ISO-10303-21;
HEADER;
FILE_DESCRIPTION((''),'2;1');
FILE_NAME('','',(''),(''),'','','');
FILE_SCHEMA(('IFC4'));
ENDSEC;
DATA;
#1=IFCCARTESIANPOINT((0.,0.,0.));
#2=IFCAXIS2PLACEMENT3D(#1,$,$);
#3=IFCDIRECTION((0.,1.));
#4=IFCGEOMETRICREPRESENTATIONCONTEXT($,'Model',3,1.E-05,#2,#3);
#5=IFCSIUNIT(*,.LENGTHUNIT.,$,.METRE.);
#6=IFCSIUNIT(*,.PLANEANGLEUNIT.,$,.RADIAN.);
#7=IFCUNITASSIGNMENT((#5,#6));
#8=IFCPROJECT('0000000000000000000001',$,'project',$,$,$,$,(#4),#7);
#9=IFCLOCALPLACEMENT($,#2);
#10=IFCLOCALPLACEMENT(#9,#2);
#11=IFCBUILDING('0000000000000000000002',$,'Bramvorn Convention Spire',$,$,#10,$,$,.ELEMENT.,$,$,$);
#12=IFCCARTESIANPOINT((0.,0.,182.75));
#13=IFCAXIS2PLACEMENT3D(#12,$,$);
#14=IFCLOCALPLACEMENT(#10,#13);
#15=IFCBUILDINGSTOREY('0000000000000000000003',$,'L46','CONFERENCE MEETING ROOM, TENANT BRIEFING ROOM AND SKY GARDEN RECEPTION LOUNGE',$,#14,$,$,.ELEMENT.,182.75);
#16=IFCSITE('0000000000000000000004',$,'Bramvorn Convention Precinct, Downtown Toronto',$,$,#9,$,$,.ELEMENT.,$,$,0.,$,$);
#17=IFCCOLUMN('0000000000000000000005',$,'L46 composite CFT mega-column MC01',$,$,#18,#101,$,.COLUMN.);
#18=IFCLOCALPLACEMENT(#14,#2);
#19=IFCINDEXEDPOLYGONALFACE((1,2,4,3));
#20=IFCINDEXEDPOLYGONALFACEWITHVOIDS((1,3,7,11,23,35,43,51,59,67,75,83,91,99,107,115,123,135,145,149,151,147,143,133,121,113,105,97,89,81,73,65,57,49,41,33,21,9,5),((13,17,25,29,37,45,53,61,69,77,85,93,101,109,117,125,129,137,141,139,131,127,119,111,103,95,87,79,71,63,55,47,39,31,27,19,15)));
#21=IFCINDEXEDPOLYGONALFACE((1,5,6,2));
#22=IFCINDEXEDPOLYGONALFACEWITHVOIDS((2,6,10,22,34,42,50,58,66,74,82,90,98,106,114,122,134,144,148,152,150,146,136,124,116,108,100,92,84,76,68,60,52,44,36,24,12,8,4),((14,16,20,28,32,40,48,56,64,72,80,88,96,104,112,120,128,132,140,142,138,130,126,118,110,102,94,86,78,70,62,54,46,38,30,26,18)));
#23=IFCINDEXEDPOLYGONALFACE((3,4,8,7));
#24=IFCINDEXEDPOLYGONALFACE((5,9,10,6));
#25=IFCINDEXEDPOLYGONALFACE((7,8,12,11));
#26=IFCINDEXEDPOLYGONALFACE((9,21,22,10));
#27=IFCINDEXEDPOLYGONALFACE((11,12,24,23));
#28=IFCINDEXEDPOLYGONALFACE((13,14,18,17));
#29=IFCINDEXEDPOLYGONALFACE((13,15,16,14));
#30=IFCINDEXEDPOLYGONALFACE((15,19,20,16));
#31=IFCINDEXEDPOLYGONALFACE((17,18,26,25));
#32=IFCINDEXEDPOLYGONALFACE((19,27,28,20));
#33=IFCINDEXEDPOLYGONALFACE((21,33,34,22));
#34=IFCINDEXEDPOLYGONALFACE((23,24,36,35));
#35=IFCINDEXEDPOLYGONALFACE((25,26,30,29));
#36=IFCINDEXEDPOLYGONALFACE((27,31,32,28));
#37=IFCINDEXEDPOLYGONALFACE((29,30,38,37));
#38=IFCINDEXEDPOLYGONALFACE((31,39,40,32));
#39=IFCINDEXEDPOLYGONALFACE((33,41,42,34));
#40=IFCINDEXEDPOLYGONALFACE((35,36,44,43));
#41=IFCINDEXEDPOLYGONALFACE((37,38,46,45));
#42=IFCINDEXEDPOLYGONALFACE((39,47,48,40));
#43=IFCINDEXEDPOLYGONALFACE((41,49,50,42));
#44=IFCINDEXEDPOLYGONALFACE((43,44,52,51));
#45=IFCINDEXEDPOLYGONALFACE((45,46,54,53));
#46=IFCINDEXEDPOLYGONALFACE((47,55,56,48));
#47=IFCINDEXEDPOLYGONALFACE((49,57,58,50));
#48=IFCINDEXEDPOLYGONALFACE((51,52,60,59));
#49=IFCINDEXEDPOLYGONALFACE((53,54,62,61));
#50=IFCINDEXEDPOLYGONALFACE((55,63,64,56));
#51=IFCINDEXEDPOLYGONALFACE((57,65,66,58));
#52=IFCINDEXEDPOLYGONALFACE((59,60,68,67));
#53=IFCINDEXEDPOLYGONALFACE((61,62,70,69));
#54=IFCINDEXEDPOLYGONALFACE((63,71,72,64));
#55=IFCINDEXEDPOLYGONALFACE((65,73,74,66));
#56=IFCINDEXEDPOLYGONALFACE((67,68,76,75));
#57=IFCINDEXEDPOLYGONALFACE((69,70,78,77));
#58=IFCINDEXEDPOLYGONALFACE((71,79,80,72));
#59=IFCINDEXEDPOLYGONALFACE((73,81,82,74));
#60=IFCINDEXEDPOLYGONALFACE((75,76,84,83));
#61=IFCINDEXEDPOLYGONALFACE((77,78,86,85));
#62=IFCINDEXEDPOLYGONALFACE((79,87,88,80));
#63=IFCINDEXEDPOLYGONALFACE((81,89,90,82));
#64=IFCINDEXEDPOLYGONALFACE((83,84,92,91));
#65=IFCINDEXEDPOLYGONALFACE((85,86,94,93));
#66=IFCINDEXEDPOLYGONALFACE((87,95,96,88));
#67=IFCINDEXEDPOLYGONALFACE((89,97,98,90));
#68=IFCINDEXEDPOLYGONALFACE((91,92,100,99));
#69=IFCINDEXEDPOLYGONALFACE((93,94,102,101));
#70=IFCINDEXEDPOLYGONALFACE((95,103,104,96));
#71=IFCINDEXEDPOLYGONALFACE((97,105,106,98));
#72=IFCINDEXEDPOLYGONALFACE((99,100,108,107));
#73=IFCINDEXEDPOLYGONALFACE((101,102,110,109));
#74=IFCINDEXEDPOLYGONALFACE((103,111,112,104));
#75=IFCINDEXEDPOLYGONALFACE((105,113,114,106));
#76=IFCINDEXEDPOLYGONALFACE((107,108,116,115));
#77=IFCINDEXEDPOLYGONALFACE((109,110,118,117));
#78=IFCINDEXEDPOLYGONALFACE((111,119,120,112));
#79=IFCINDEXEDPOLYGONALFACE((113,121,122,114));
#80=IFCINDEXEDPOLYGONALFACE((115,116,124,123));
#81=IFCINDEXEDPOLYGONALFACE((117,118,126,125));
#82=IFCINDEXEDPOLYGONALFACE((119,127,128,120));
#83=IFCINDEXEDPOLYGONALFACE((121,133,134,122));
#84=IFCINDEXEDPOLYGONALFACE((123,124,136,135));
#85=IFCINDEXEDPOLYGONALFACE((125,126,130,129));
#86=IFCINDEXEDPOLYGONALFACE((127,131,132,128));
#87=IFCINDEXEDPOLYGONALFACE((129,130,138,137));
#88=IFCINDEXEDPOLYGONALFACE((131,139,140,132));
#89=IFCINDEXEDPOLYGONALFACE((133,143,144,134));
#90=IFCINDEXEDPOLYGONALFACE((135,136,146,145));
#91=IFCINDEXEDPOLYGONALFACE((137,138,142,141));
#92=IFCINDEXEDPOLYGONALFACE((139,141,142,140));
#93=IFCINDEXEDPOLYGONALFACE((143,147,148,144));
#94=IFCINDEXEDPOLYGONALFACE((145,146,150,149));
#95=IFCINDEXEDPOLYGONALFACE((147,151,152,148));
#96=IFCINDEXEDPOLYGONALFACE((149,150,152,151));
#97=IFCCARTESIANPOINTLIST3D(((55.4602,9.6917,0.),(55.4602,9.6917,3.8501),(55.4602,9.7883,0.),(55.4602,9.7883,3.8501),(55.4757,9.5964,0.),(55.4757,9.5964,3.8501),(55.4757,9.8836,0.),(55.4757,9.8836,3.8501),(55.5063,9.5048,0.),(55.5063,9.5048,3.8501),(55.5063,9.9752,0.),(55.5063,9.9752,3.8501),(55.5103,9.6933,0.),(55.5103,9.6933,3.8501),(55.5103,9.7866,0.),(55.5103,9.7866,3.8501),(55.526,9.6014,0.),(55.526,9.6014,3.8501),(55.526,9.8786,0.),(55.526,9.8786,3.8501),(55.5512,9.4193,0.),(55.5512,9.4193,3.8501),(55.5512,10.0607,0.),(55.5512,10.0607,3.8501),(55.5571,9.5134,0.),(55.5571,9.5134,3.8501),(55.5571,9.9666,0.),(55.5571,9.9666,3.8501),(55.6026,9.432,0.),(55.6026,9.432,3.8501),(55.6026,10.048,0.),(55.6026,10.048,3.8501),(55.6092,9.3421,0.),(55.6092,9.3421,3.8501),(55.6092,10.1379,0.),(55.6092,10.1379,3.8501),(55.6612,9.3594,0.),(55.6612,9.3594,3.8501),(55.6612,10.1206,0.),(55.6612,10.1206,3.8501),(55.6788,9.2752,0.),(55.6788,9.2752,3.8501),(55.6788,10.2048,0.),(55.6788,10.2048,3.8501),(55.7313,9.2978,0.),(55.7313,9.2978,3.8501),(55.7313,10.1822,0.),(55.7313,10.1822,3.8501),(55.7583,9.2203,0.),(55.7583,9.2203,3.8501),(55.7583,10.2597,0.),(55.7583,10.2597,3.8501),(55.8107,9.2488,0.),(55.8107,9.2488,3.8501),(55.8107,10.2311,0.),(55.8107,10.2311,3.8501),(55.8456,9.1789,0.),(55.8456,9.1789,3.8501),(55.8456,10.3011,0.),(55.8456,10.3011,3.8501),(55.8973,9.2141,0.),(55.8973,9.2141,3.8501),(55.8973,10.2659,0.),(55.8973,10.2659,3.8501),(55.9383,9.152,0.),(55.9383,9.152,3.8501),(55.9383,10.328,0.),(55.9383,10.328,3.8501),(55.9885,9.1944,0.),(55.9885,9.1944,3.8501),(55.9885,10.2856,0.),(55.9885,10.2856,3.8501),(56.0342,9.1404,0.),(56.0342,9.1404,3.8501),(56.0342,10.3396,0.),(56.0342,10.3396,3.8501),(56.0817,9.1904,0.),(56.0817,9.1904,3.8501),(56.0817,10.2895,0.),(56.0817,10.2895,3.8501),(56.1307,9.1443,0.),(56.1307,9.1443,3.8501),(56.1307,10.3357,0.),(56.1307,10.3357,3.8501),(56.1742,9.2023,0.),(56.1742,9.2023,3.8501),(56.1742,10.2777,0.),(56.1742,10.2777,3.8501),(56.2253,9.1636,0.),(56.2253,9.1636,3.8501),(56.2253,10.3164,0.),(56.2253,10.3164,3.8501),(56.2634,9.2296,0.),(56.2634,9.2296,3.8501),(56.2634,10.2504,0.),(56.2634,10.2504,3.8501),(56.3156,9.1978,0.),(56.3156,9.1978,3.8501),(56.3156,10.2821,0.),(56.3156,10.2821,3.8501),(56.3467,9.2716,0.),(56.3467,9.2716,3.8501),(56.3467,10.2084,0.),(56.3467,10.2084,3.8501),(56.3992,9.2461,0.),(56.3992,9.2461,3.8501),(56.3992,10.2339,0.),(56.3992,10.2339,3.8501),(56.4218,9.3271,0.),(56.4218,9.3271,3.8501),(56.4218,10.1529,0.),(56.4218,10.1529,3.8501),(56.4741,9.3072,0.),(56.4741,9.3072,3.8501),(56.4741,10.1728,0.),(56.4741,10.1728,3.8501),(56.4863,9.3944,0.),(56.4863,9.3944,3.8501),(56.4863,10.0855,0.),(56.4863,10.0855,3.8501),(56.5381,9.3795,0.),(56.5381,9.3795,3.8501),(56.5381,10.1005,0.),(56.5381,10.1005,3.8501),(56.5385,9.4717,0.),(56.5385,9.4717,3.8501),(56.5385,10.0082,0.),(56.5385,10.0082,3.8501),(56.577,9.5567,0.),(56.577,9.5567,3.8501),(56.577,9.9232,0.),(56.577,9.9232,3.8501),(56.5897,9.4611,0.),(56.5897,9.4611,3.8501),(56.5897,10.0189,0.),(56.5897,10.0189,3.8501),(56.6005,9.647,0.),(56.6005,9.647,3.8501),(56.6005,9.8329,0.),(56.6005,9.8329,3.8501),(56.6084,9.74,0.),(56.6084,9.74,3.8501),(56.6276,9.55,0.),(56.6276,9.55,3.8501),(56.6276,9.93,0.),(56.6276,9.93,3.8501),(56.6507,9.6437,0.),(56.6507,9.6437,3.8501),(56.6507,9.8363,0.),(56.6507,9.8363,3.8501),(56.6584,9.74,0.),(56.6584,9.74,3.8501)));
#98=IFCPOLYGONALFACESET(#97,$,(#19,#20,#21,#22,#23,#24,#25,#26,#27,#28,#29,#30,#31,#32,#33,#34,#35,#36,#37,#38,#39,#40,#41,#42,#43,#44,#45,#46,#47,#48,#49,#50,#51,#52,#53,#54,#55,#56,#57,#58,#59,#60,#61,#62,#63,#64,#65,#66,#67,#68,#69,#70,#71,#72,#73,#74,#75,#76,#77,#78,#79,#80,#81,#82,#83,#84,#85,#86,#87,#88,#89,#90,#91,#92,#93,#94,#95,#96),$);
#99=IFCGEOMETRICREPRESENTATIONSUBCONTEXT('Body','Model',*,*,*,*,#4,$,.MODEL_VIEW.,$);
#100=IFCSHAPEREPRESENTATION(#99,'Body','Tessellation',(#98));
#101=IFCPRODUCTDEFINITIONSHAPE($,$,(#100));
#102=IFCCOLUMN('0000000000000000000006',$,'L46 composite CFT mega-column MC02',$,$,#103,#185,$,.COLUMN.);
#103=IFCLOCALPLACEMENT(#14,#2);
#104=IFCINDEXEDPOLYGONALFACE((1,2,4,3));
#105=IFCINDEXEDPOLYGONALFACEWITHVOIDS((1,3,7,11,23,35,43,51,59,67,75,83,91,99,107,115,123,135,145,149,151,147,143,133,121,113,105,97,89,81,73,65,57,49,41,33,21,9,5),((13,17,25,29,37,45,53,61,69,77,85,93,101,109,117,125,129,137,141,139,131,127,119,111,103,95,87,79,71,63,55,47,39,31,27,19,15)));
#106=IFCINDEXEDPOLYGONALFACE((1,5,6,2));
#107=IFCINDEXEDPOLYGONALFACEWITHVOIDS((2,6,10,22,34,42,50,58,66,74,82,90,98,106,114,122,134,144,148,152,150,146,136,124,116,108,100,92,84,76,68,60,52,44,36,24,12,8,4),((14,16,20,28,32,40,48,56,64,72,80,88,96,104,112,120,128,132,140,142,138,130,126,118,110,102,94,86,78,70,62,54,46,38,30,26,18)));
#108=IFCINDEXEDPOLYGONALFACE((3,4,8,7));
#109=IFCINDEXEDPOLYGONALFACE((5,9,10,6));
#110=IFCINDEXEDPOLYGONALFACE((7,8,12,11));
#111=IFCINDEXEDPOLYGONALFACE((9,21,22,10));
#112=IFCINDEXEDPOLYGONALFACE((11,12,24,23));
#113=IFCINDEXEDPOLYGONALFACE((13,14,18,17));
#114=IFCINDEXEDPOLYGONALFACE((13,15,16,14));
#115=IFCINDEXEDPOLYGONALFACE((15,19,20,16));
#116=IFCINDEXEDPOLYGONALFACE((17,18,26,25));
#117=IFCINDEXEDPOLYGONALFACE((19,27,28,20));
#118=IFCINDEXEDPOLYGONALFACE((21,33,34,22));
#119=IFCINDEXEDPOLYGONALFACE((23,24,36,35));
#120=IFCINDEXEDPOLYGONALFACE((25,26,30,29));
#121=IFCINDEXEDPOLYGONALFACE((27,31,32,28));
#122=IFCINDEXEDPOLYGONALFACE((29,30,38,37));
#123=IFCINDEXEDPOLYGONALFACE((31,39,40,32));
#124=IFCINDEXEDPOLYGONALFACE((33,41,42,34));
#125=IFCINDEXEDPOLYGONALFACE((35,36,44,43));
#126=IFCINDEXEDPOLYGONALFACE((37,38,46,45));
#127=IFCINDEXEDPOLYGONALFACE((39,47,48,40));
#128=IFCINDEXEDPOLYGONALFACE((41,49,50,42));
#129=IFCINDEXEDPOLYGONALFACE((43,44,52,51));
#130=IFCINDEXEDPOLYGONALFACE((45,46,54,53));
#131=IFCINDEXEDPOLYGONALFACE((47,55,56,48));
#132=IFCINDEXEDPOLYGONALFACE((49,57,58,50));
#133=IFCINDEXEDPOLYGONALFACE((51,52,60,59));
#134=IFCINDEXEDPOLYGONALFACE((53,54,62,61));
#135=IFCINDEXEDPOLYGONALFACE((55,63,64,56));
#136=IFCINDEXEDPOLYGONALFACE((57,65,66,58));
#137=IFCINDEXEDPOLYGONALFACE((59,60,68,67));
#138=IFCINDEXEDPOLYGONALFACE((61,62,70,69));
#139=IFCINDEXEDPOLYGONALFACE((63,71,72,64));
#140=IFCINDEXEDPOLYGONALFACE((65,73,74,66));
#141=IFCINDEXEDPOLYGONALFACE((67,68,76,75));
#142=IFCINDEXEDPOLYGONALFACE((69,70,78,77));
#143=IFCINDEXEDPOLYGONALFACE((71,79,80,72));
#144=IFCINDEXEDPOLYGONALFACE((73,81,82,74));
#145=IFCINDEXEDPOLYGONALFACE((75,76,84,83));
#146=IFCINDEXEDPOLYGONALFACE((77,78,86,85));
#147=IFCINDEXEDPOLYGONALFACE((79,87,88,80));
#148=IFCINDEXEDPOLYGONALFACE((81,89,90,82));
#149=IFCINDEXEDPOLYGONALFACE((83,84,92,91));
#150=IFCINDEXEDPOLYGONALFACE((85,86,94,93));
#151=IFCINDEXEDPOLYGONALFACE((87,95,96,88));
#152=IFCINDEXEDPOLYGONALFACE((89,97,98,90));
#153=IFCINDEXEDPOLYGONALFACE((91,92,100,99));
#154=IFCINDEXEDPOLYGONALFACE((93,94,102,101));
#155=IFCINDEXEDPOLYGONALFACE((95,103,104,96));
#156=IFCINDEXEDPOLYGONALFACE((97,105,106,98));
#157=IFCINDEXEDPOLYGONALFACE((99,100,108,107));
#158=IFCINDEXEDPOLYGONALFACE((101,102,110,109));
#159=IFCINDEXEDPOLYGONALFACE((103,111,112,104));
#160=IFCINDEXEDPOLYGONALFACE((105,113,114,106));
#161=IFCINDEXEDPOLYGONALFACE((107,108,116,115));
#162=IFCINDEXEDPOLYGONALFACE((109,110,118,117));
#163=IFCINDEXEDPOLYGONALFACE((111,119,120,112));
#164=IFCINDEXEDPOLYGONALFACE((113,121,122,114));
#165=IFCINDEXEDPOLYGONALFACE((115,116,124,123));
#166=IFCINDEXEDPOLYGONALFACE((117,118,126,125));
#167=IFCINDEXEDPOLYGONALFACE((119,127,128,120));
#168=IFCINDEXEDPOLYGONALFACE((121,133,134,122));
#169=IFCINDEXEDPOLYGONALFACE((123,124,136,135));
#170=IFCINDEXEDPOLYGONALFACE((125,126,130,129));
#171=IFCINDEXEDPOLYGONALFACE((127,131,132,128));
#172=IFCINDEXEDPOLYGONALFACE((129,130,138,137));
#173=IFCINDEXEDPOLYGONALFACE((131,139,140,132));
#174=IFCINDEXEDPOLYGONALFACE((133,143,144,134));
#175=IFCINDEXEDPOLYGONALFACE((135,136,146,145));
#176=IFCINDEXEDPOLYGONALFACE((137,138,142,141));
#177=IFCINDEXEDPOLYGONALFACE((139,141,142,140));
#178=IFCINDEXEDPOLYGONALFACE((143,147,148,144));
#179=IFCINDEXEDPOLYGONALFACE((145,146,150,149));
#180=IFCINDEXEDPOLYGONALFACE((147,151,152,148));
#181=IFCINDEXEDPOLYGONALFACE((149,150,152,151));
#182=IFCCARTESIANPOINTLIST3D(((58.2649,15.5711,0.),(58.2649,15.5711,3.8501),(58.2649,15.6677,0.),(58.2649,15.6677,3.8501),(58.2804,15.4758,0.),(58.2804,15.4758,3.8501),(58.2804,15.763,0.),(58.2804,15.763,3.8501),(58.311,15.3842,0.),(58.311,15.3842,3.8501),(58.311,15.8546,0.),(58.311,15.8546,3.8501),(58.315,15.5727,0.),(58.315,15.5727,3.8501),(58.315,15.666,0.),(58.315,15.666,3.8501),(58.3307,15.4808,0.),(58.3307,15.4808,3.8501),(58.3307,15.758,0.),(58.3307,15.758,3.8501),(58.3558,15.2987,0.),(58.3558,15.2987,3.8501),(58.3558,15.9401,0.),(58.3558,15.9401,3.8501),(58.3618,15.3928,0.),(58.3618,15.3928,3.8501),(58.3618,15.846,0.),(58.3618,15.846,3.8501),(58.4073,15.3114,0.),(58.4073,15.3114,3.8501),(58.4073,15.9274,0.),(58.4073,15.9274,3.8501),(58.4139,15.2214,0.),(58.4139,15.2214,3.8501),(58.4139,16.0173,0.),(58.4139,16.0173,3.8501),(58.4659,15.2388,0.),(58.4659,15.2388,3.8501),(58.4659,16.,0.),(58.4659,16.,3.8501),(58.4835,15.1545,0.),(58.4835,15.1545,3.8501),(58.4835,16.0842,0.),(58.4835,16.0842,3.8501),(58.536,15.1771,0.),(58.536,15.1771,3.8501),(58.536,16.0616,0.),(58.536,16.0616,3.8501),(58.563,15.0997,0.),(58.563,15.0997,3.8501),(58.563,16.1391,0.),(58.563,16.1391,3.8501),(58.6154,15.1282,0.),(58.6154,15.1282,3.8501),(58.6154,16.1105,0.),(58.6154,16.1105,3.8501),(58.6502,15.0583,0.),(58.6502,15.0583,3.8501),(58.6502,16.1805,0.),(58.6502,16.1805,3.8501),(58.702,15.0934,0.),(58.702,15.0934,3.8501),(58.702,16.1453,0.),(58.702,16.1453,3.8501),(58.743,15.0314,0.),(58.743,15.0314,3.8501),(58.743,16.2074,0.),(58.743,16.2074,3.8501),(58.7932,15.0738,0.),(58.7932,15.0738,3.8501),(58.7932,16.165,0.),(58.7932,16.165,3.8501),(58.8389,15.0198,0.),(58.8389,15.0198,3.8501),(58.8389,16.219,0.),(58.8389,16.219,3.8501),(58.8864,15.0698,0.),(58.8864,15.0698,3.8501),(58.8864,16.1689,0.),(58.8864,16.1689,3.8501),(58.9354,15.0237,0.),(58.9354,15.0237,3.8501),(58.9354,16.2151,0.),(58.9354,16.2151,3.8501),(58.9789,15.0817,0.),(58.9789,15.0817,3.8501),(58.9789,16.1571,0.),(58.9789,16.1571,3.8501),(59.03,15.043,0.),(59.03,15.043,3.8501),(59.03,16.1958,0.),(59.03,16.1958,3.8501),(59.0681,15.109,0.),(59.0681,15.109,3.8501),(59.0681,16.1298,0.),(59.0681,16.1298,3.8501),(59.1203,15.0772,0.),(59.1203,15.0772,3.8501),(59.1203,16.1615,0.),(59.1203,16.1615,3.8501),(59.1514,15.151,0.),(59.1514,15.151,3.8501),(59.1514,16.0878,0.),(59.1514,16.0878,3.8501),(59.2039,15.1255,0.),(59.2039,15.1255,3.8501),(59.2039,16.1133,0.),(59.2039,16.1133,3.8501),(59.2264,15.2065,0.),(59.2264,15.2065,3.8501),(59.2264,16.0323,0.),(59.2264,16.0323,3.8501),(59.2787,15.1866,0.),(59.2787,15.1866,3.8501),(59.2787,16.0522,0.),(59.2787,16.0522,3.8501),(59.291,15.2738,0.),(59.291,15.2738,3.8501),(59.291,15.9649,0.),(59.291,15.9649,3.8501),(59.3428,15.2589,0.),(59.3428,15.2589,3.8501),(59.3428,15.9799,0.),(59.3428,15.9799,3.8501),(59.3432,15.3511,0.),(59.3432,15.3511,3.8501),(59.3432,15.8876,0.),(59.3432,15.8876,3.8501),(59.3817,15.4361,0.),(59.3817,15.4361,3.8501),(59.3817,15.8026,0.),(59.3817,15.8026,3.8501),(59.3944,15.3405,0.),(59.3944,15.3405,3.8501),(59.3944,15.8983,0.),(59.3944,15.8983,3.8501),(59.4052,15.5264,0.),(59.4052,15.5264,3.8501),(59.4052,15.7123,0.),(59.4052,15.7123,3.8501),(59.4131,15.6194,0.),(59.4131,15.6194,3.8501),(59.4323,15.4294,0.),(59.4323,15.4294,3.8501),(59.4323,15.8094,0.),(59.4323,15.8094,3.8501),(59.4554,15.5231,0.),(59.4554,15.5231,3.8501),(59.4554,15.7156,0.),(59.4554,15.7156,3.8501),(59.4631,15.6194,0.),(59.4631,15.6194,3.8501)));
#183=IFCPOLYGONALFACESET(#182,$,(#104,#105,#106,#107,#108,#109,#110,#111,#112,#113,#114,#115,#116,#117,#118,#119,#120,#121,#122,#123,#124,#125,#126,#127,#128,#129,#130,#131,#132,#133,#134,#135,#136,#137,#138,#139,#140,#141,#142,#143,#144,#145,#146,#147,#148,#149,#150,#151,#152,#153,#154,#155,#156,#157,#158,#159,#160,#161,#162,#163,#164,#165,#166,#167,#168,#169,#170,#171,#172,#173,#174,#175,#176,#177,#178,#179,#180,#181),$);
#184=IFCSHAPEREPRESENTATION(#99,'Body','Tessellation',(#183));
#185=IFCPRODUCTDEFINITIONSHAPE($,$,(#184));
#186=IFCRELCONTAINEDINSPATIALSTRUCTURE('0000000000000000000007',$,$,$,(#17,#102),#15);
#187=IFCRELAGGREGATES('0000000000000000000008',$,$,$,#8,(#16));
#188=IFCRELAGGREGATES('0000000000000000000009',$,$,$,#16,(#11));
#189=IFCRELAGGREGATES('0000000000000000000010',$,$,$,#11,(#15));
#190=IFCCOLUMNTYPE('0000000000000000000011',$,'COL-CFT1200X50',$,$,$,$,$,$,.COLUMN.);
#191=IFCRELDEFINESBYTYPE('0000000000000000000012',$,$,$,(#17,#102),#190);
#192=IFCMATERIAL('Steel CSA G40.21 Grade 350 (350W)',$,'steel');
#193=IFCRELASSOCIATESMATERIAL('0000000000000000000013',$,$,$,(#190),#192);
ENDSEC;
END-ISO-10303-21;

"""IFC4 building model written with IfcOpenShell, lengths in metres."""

from ifc_helpers import new_model, si_unit, direction, frame, origin, origin_2d, place, context, subcontext, project, spatial, hollow_circle, extrude, material, material_profile, profile_set, type_object, element, save


model = new_model("IFC4")

# Units and contexts
model_context = context("Model", 3, precision=1e-05, world=origin(), true_north=direction((0.0, 1.0)))
body_context = subcontext(model_context, "Body", "Model", "MODEL_VIEW")
ifc_project = project(units=[si_unit("LENGTHUNIT", "METRE"), si_unit("PLANEANGLEUNIT", "RADIAN")], contexts=[model_context])

# Site, building, storey
site_placement = place(None, origin())
site = spatial("IfcSite", under=ifc_project, at=site_placement, Name="Bramvorn Convention Precinct, Downtown Toronto", CompositionType="ELEMENT", RefElevation=0.0)
building_placement = place(site_placement, origin())
building = spatial("IfcBuilding", under=site, at=building_placement, Name="Bramvorn Convention Spire", CompositionType="ELEMENT")
storey_placement = place(building_placement, frame((0.0, 0.0, 182.75)))
storey = spatial("IfcBuildingStorey", under=building, at=storey_placement, Name="L46", Description="CONFERENCE MEETING ROOM, TENANT BRIEFING ROOM AND SKY GARDEN RECEPTION LOUNGE", CompositionType="ELEMENT", Elevation=182.75)

# Columns
ifc_material_1 = material(Name="Steel CSA G40.21 Grade 350 (350W)", Category="steel")
ifc_material_profile_1 = material_profile(ifc_material_1, hollow_circle(Radius=0.6001, WallThickness=0.05, at=origin_2d()))
ifc_profile_set_1 = profile_set([ifc_material_profile_1], Name="Steel CSA G40.21 Grade 350 (350W) - CFT1200X50")
column_type = type_object("IfcColumnType", Name="COL-CFT1200X50", PredefinedType="COLUMN", material=ifc_profile_set_1)
for number, where, z_axis, x_axis, name in (
    (1, (56.0583, 9.74, 0.0), (0.0, 0.0, 1.0), (1.0, 0.0, 0.0), "L46 composite CFT mega-column MC01"),
    (2, (58.863, 15.6194, 0.0), (0.0, 0.0, 1.0), (1.0, 0.0, 0.0), "L46 composite CFT mega-column MC02"),
):
    element("IfcColumn", number, at=place(storey_placement, frame(where, z_axis=z_axis, x_axis=x_axis)), inside=storey, type_object=column_type, Name=name, PredefinedType="COLUMN", context=body_context, shape_type="SweptSolid", body=[
        extrude(hollow_circle(Radius=0.6001, WallThickness=0.05, at=origin_2d()), origin(), (0.0, 0.0, 1.0), 3.8501),
    ])

save(model, "model.ifc")
